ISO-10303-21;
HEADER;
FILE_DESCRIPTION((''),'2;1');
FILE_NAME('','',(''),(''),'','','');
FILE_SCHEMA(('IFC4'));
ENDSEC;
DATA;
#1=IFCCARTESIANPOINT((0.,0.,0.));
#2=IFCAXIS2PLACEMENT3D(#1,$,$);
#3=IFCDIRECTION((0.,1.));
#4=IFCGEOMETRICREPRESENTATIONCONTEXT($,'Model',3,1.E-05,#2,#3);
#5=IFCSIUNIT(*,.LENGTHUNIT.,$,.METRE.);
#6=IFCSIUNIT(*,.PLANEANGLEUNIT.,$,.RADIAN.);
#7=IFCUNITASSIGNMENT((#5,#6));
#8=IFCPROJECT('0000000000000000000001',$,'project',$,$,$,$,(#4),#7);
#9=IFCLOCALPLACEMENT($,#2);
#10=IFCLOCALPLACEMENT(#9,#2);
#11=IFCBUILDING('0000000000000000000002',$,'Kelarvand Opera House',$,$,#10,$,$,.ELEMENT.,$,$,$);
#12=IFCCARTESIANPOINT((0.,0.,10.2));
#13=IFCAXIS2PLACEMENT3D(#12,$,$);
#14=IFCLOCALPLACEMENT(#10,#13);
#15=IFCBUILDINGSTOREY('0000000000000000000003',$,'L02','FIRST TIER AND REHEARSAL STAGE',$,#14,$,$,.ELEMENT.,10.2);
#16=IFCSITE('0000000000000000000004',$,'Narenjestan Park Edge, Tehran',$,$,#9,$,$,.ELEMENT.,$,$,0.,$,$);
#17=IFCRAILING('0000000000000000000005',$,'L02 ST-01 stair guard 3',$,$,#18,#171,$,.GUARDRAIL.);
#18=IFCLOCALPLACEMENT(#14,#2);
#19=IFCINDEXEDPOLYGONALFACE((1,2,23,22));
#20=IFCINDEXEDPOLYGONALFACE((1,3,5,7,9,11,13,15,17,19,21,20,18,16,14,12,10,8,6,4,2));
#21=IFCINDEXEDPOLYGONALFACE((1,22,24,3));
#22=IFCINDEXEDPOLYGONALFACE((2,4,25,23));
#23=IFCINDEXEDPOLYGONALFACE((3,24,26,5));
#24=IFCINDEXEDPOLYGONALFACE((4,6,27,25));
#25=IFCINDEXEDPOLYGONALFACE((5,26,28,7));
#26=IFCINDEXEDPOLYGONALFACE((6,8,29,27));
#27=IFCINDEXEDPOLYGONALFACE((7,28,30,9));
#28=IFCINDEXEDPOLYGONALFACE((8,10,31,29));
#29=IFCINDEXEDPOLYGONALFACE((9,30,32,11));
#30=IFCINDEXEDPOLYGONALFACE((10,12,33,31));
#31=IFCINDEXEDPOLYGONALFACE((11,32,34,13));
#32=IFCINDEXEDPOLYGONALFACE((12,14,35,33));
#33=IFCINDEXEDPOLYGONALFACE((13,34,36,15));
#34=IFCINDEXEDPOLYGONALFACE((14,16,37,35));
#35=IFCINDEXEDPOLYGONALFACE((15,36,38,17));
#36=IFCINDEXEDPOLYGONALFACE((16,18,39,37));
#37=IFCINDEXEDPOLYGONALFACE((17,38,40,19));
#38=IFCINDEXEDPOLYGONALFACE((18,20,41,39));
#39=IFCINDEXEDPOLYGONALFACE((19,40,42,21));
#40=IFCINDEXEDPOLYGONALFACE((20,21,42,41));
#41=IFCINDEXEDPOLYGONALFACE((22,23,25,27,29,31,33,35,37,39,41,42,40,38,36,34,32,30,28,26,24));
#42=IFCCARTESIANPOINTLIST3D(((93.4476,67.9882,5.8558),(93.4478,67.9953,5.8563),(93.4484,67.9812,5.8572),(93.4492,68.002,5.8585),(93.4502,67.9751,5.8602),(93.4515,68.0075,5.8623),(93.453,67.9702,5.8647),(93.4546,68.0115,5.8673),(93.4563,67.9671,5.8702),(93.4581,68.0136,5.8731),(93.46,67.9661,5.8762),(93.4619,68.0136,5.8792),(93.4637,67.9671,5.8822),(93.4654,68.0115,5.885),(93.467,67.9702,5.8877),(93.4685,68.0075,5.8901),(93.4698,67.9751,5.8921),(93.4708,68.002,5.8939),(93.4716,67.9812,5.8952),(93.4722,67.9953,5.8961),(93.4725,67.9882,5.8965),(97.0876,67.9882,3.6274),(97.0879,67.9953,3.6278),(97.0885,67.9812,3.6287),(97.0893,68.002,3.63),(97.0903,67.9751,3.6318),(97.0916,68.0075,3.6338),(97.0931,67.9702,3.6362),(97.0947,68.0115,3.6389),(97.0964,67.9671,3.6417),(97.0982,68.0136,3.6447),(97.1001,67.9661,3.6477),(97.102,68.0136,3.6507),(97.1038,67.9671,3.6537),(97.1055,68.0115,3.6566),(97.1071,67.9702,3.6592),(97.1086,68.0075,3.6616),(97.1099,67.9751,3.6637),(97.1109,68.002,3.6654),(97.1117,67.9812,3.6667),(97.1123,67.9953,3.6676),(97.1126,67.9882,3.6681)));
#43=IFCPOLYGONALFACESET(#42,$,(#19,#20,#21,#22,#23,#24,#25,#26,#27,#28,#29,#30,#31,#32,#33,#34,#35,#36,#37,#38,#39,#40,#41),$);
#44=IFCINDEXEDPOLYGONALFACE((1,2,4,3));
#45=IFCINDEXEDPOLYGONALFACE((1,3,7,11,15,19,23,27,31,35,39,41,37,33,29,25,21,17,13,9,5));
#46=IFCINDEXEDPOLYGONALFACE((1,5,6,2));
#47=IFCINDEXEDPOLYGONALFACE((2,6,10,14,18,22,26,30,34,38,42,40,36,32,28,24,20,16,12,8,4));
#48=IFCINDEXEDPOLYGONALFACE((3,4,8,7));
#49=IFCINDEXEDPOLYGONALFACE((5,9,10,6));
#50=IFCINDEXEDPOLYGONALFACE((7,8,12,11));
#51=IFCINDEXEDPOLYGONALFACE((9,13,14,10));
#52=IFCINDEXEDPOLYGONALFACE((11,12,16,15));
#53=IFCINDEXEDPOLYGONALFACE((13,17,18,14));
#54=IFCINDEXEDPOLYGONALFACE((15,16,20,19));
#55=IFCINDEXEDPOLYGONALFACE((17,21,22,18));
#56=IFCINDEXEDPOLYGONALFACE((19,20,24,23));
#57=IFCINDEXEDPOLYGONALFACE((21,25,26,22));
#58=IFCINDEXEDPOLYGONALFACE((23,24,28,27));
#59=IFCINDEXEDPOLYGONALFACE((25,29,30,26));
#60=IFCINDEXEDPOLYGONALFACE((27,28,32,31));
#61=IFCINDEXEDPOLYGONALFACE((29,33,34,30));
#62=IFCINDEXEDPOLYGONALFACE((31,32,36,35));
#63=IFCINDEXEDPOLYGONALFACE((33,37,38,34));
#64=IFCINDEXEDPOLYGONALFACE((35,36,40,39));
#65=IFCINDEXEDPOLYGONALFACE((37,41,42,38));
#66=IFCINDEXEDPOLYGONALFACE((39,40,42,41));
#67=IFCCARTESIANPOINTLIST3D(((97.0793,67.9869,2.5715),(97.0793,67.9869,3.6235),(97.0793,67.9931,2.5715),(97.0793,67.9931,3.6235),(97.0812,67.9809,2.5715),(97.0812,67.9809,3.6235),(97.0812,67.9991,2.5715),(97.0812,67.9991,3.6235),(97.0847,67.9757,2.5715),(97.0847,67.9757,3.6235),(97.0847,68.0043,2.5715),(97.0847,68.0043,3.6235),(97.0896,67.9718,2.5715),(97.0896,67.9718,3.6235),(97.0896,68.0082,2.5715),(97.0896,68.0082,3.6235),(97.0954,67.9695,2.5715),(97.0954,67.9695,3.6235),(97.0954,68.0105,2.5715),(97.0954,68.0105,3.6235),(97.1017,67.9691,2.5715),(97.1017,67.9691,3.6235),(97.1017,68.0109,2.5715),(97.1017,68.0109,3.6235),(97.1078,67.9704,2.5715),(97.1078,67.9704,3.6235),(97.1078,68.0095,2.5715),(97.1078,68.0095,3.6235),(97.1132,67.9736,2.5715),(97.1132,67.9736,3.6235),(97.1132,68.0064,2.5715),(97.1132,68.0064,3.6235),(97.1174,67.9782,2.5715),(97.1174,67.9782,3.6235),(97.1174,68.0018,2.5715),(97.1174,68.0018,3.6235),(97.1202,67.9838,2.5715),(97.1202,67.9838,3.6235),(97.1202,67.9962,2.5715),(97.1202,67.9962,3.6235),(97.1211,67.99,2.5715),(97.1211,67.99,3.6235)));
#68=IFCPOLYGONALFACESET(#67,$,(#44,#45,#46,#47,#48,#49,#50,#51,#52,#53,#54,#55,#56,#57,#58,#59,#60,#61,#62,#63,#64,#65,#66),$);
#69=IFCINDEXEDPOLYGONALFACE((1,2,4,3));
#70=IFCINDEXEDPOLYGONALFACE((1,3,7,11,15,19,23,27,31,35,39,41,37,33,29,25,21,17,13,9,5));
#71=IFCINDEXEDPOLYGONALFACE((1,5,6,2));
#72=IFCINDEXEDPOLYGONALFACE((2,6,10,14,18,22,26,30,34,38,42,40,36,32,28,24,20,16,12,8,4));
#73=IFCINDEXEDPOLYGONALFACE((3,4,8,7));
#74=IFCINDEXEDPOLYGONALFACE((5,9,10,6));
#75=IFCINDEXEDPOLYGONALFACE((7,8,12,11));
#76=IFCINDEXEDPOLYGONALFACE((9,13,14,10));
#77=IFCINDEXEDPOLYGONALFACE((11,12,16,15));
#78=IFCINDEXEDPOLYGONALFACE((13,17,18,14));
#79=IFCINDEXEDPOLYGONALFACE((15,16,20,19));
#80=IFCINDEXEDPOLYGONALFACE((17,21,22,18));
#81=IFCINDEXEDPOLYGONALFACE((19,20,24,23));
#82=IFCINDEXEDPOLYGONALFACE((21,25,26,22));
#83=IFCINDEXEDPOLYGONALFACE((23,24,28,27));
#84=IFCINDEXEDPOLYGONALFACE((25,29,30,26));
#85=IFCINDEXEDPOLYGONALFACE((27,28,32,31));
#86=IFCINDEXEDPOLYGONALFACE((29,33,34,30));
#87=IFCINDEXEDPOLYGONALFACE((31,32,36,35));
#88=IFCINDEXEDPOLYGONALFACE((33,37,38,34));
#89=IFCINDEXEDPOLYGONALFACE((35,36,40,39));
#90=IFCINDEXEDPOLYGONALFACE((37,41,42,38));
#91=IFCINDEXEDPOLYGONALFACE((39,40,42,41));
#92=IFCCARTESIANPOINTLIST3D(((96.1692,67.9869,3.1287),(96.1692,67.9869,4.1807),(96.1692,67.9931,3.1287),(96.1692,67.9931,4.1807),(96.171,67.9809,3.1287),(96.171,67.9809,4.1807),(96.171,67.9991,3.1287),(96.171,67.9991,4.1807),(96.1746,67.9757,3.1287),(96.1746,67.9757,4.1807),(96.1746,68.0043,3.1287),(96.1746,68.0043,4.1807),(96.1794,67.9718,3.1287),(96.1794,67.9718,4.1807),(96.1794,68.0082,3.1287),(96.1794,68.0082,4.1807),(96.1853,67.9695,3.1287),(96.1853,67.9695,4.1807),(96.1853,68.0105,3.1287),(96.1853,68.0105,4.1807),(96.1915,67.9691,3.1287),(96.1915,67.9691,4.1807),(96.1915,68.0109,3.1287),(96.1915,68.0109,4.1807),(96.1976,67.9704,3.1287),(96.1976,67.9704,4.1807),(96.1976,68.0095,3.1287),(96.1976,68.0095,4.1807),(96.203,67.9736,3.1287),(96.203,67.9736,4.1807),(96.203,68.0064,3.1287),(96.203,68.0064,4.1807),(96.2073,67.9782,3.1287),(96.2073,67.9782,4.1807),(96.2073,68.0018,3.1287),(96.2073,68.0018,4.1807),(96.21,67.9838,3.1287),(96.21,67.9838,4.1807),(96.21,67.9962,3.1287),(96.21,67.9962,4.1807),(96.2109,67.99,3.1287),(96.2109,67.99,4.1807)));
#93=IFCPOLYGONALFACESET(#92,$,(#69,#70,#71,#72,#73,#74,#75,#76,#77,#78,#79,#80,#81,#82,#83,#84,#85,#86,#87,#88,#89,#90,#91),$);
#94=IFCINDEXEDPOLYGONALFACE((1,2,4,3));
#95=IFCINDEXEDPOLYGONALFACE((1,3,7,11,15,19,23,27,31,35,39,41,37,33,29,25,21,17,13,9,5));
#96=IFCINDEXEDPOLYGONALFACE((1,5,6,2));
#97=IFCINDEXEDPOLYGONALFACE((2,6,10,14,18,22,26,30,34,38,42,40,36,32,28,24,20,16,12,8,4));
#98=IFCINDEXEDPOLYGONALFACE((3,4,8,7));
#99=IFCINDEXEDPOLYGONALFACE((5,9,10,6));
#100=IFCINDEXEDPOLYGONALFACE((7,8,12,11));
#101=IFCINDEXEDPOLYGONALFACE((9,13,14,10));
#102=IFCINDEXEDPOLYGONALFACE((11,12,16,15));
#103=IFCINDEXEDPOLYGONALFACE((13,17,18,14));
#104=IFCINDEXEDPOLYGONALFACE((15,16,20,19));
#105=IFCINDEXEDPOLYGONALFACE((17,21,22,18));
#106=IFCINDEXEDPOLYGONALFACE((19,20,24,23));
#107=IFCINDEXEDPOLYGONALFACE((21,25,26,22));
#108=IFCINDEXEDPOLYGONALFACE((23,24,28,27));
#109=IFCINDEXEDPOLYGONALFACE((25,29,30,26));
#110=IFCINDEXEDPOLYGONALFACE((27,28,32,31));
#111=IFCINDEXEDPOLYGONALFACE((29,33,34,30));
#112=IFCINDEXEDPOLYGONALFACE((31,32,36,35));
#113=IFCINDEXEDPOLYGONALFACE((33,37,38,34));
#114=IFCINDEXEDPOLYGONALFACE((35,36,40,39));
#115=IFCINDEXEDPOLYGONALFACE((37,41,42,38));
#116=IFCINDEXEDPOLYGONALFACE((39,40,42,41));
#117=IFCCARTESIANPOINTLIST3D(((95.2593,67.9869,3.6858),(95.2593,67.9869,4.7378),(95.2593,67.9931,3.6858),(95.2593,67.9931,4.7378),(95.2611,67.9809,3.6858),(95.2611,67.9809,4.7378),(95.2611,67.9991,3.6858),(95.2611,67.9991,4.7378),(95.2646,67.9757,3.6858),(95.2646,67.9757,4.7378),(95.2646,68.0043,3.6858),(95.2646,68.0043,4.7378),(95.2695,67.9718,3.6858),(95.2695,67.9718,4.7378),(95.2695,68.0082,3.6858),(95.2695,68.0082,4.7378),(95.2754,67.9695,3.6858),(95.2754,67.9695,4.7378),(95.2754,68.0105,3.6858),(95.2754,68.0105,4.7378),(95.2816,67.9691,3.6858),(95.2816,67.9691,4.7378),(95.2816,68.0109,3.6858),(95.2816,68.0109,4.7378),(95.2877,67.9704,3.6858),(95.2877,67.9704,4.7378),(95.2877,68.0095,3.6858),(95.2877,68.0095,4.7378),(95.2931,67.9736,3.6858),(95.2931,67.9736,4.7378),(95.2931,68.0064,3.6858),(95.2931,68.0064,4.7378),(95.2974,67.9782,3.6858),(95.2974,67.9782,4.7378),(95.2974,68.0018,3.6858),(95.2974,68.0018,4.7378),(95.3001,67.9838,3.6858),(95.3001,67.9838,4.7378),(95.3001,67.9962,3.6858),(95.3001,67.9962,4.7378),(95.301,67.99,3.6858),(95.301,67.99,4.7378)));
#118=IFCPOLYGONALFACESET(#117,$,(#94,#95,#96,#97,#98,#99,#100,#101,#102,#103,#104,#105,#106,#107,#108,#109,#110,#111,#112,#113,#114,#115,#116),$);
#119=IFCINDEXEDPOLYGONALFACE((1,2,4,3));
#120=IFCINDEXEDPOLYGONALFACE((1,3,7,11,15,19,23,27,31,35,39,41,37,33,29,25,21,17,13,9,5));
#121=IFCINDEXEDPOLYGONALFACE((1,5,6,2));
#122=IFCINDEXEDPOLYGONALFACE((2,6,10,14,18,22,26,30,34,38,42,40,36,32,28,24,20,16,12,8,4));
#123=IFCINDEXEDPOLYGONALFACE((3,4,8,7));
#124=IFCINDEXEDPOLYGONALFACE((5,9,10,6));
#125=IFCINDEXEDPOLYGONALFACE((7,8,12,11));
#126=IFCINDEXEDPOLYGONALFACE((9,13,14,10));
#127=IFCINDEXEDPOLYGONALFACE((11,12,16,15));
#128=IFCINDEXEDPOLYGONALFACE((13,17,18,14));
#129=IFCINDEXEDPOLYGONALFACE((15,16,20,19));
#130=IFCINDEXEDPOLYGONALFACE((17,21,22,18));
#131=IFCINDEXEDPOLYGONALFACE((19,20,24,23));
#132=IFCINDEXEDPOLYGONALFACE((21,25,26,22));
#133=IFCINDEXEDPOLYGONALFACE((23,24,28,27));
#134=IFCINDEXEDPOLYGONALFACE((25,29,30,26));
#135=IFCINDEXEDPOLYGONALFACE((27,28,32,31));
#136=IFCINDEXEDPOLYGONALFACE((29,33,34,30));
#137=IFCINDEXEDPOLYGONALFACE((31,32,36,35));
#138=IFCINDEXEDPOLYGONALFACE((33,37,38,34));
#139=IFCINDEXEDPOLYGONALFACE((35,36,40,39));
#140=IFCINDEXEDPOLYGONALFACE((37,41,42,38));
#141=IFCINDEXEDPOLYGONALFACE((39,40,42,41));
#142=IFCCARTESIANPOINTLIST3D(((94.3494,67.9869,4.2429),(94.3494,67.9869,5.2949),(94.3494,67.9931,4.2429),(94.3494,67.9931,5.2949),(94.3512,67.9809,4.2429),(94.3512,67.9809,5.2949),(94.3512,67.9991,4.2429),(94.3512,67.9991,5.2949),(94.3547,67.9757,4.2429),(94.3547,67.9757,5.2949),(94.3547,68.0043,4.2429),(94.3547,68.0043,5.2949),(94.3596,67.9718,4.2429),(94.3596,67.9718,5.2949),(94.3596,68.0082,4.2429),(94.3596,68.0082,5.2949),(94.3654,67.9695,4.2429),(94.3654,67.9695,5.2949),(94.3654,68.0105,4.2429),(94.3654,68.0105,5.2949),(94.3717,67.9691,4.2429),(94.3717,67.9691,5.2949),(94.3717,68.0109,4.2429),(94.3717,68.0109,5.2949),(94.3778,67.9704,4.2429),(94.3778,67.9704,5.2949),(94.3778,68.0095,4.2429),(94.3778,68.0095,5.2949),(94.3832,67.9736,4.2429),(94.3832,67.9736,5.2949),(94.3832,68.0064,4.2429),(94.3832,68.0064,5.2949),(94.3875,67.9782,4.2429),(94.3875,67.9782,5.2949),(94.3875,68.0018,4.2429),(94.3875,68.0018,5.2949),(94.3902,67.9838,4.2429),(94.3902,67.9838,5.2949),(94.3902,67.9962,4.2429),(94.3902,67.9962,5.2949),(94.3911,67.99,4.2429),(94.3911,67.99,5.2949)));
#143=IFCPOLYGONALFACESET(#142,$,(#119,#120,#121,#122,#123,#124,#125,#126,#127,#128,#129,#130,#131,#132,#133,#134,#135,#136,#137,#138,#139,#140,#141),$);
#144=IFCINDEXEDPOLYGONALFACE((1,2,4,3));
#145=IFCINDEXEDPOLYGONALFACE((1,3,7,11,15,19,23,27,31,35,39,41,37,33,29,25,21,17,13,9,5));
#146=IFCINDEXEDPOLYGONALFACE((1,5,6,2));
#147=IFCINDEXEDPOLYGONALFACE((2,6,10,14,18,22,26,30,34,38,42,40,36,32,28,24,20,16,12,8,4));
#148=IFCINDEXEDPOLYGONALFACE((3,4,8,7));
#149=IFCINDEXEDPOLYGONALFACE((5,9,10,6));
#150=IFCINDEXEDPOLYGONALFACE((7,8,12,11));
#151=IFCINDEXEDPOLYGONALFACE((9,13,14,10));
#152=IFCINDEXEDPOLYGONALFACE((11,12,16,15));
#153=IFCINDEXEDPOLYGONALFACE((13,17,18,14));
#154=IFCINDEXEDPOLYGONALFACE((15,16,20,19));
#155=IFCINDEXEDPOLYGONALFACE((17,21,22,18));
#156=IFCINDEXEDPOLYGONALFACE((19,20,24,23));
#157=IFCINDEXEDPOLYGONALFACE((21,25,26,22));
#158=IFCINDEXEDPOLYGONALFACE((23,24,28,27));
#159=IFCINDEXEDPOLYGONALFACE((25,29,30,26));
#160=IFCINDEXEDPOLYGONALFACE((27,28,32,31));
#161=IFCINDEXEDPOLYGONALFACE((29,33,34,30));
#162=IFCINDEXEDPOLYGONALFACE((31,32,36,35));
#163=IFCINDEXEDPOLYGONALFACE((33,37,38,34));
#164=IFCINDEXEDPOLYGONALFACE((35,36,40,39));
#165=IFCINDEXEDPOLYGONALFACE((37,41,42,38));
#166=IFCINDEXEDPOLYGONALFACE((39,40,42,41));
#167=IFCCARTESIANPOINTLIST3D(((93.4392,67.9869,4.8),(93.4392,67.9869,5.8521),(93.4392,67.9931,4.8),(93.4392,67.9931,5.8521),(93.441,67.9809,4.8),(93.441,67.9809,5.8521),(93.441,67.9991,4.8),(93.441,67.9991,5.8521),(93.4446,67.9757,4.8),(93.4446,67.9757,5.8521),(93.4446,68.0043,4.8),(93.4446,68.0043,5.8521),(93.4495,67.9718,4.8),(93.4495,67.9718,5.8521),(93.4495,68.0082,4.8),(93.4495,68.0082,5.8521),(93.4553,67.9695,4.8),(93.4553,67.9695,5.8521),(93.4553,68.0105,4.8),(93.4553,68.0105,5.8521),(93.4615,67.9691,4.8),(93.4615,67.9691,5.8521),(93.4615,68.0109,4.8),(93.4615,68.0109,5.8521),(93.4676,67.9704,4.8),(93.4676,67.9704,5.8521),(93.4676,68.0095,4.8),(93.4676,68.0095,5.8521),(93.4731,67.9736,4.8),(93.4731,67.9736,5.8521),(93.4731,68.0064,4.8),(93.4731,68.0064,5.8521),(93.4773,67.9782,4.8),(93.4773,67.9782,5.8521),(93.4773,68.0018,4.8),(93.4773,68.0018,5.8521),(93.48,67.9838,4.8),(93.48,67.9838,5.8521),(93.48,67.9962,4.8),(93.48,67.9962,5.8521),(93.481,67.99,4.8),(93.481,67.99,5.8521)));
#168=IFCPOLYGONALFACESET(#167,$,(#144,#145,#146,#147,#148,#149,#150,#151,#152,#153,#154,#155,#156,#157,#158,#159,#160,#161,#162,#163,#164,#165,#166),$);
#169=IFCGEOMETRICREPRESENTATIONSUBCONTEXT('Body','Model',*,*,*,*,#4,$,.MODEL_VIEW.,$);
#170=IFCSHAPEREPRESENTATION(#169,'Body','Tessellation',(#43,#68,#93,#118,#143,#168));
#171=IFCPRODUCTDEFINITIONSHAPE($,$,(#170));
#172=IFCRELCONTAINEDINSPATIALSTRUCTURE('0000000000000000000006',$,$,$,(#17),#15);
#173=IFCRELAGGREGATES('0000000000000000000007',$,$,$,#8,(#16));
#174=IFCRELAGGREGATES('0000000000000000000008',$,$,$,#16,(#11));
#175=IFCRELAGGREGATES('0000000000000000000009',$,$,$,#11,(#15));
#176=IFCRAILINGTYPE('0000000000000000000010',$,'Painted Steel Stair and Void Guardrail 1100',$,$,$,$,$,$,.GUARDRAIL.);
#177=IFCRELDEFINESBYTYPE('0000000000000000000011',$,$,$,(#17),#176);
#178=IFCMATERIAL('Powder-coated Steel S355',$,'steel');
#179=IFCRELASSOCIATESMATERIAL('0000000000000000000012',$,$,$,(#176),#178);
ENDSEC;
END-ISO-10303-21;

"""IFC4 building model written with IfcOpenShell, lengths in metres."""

from ifc_helpers import new_model, si_unit, direction, frame, origin, origin_2d, place, context, subcontext, project, spatial, circle, extrude, material, type_object, element, save


model = new_model("IFC4")

# Units and contexts
model_context = context("Model", 3, precision=1e-05, world=origin(), true_north=direction((0.0, 1.0)))
body_context = subcontext(model_context, "Body", "Model", "MODEL_VIEW")
ifc_project = project(units=[si_unit("LENGTHUNIT", "METRE"), si_unit("PLANEANGLEUNIT", "RADIAN")], contexts=[model_context])

# Site, building, storey
site_placement = place(None, origin())
site = spatial("IfcSite", under=ifc_project, at=site_placement, Name="Narenjestan Park Edge, Tehran", CompositionType="ELEMENT", RefElevation=0.0)
building_placement = place(site_placement, origin())
building = spatial("IfcBuilding", under=site, at=building_placement, Name="Kelarvand Opera House", CompositionType="ELEMENT")
storey_placement = place(building_placement, frame((0.0, 0.0, 10.2)))
storey = spatial("IfcBuildingStorey", under=building, at=storey_placement, Name="L02", Description="FIRST TIER AND REHEARSAL STAGE", CompositionType="ELEMENT", Elevation=10.2)

# Railing
ifc_material_1 = material(Name="Powder-coated Steel S355", Category="steel")
railing_type_1 = type_object("IfcRailingType", Name="Painted Steel Stair and Void Guardrail 1100", PredefinedType="GUARDRAIL", material=ifc_material_1)
railing_1_placement = place(storey_placement, frame((97.1001, 67.99, 2.5715)))
element("IfcRailing", 1, at=railing_1_placement, inside=storey, type_object=railing_type_1, Name="L02 ST-01 stair guard 3", PredefinedType="GUARDRAIL", context=body_context, shape_type="SweptSolid", body=[
    extrude(circle(Radius=0.0239, at=origin_2d()), frame((0.0, 0.0, 1.0762), z_axis=(-0.852866, 0.0, 0.52213), x_axis=(0.0, -1.0, 0.0)), (0.0, 0.0, 1.0), 4.2681),
    extrude(circle(Radius=0.021, at=origin_2d()), origin(), (0.0, 0.0, 1.0), 1.052),
    extrude(circle(Radius=0.021, at=origin_2d()), frame((-0.9102, 0.0, 0.5571)), (0.0, 0.0, 1.0), 1.052),
    extrude(circle(Radius=0.021, at=origin_2d()), frame((-1.8201, 0.0, 1.1143)), (0.0, 0.0, 1.0), 1.052),
    extrude(circle(Radius=0.021, at=origin_2d()), frame((-2.73, 0.0, 1.6714)), (0.0, 0.0, 1.0), 1.052),
    extrude(circle(Radius=0.021, at=origin_2d()), frame((-3.6401, 0.0, 2.2285)), (0.0, 0.0, 1.0), 1.052),
])

save(model, "model.ifc")
